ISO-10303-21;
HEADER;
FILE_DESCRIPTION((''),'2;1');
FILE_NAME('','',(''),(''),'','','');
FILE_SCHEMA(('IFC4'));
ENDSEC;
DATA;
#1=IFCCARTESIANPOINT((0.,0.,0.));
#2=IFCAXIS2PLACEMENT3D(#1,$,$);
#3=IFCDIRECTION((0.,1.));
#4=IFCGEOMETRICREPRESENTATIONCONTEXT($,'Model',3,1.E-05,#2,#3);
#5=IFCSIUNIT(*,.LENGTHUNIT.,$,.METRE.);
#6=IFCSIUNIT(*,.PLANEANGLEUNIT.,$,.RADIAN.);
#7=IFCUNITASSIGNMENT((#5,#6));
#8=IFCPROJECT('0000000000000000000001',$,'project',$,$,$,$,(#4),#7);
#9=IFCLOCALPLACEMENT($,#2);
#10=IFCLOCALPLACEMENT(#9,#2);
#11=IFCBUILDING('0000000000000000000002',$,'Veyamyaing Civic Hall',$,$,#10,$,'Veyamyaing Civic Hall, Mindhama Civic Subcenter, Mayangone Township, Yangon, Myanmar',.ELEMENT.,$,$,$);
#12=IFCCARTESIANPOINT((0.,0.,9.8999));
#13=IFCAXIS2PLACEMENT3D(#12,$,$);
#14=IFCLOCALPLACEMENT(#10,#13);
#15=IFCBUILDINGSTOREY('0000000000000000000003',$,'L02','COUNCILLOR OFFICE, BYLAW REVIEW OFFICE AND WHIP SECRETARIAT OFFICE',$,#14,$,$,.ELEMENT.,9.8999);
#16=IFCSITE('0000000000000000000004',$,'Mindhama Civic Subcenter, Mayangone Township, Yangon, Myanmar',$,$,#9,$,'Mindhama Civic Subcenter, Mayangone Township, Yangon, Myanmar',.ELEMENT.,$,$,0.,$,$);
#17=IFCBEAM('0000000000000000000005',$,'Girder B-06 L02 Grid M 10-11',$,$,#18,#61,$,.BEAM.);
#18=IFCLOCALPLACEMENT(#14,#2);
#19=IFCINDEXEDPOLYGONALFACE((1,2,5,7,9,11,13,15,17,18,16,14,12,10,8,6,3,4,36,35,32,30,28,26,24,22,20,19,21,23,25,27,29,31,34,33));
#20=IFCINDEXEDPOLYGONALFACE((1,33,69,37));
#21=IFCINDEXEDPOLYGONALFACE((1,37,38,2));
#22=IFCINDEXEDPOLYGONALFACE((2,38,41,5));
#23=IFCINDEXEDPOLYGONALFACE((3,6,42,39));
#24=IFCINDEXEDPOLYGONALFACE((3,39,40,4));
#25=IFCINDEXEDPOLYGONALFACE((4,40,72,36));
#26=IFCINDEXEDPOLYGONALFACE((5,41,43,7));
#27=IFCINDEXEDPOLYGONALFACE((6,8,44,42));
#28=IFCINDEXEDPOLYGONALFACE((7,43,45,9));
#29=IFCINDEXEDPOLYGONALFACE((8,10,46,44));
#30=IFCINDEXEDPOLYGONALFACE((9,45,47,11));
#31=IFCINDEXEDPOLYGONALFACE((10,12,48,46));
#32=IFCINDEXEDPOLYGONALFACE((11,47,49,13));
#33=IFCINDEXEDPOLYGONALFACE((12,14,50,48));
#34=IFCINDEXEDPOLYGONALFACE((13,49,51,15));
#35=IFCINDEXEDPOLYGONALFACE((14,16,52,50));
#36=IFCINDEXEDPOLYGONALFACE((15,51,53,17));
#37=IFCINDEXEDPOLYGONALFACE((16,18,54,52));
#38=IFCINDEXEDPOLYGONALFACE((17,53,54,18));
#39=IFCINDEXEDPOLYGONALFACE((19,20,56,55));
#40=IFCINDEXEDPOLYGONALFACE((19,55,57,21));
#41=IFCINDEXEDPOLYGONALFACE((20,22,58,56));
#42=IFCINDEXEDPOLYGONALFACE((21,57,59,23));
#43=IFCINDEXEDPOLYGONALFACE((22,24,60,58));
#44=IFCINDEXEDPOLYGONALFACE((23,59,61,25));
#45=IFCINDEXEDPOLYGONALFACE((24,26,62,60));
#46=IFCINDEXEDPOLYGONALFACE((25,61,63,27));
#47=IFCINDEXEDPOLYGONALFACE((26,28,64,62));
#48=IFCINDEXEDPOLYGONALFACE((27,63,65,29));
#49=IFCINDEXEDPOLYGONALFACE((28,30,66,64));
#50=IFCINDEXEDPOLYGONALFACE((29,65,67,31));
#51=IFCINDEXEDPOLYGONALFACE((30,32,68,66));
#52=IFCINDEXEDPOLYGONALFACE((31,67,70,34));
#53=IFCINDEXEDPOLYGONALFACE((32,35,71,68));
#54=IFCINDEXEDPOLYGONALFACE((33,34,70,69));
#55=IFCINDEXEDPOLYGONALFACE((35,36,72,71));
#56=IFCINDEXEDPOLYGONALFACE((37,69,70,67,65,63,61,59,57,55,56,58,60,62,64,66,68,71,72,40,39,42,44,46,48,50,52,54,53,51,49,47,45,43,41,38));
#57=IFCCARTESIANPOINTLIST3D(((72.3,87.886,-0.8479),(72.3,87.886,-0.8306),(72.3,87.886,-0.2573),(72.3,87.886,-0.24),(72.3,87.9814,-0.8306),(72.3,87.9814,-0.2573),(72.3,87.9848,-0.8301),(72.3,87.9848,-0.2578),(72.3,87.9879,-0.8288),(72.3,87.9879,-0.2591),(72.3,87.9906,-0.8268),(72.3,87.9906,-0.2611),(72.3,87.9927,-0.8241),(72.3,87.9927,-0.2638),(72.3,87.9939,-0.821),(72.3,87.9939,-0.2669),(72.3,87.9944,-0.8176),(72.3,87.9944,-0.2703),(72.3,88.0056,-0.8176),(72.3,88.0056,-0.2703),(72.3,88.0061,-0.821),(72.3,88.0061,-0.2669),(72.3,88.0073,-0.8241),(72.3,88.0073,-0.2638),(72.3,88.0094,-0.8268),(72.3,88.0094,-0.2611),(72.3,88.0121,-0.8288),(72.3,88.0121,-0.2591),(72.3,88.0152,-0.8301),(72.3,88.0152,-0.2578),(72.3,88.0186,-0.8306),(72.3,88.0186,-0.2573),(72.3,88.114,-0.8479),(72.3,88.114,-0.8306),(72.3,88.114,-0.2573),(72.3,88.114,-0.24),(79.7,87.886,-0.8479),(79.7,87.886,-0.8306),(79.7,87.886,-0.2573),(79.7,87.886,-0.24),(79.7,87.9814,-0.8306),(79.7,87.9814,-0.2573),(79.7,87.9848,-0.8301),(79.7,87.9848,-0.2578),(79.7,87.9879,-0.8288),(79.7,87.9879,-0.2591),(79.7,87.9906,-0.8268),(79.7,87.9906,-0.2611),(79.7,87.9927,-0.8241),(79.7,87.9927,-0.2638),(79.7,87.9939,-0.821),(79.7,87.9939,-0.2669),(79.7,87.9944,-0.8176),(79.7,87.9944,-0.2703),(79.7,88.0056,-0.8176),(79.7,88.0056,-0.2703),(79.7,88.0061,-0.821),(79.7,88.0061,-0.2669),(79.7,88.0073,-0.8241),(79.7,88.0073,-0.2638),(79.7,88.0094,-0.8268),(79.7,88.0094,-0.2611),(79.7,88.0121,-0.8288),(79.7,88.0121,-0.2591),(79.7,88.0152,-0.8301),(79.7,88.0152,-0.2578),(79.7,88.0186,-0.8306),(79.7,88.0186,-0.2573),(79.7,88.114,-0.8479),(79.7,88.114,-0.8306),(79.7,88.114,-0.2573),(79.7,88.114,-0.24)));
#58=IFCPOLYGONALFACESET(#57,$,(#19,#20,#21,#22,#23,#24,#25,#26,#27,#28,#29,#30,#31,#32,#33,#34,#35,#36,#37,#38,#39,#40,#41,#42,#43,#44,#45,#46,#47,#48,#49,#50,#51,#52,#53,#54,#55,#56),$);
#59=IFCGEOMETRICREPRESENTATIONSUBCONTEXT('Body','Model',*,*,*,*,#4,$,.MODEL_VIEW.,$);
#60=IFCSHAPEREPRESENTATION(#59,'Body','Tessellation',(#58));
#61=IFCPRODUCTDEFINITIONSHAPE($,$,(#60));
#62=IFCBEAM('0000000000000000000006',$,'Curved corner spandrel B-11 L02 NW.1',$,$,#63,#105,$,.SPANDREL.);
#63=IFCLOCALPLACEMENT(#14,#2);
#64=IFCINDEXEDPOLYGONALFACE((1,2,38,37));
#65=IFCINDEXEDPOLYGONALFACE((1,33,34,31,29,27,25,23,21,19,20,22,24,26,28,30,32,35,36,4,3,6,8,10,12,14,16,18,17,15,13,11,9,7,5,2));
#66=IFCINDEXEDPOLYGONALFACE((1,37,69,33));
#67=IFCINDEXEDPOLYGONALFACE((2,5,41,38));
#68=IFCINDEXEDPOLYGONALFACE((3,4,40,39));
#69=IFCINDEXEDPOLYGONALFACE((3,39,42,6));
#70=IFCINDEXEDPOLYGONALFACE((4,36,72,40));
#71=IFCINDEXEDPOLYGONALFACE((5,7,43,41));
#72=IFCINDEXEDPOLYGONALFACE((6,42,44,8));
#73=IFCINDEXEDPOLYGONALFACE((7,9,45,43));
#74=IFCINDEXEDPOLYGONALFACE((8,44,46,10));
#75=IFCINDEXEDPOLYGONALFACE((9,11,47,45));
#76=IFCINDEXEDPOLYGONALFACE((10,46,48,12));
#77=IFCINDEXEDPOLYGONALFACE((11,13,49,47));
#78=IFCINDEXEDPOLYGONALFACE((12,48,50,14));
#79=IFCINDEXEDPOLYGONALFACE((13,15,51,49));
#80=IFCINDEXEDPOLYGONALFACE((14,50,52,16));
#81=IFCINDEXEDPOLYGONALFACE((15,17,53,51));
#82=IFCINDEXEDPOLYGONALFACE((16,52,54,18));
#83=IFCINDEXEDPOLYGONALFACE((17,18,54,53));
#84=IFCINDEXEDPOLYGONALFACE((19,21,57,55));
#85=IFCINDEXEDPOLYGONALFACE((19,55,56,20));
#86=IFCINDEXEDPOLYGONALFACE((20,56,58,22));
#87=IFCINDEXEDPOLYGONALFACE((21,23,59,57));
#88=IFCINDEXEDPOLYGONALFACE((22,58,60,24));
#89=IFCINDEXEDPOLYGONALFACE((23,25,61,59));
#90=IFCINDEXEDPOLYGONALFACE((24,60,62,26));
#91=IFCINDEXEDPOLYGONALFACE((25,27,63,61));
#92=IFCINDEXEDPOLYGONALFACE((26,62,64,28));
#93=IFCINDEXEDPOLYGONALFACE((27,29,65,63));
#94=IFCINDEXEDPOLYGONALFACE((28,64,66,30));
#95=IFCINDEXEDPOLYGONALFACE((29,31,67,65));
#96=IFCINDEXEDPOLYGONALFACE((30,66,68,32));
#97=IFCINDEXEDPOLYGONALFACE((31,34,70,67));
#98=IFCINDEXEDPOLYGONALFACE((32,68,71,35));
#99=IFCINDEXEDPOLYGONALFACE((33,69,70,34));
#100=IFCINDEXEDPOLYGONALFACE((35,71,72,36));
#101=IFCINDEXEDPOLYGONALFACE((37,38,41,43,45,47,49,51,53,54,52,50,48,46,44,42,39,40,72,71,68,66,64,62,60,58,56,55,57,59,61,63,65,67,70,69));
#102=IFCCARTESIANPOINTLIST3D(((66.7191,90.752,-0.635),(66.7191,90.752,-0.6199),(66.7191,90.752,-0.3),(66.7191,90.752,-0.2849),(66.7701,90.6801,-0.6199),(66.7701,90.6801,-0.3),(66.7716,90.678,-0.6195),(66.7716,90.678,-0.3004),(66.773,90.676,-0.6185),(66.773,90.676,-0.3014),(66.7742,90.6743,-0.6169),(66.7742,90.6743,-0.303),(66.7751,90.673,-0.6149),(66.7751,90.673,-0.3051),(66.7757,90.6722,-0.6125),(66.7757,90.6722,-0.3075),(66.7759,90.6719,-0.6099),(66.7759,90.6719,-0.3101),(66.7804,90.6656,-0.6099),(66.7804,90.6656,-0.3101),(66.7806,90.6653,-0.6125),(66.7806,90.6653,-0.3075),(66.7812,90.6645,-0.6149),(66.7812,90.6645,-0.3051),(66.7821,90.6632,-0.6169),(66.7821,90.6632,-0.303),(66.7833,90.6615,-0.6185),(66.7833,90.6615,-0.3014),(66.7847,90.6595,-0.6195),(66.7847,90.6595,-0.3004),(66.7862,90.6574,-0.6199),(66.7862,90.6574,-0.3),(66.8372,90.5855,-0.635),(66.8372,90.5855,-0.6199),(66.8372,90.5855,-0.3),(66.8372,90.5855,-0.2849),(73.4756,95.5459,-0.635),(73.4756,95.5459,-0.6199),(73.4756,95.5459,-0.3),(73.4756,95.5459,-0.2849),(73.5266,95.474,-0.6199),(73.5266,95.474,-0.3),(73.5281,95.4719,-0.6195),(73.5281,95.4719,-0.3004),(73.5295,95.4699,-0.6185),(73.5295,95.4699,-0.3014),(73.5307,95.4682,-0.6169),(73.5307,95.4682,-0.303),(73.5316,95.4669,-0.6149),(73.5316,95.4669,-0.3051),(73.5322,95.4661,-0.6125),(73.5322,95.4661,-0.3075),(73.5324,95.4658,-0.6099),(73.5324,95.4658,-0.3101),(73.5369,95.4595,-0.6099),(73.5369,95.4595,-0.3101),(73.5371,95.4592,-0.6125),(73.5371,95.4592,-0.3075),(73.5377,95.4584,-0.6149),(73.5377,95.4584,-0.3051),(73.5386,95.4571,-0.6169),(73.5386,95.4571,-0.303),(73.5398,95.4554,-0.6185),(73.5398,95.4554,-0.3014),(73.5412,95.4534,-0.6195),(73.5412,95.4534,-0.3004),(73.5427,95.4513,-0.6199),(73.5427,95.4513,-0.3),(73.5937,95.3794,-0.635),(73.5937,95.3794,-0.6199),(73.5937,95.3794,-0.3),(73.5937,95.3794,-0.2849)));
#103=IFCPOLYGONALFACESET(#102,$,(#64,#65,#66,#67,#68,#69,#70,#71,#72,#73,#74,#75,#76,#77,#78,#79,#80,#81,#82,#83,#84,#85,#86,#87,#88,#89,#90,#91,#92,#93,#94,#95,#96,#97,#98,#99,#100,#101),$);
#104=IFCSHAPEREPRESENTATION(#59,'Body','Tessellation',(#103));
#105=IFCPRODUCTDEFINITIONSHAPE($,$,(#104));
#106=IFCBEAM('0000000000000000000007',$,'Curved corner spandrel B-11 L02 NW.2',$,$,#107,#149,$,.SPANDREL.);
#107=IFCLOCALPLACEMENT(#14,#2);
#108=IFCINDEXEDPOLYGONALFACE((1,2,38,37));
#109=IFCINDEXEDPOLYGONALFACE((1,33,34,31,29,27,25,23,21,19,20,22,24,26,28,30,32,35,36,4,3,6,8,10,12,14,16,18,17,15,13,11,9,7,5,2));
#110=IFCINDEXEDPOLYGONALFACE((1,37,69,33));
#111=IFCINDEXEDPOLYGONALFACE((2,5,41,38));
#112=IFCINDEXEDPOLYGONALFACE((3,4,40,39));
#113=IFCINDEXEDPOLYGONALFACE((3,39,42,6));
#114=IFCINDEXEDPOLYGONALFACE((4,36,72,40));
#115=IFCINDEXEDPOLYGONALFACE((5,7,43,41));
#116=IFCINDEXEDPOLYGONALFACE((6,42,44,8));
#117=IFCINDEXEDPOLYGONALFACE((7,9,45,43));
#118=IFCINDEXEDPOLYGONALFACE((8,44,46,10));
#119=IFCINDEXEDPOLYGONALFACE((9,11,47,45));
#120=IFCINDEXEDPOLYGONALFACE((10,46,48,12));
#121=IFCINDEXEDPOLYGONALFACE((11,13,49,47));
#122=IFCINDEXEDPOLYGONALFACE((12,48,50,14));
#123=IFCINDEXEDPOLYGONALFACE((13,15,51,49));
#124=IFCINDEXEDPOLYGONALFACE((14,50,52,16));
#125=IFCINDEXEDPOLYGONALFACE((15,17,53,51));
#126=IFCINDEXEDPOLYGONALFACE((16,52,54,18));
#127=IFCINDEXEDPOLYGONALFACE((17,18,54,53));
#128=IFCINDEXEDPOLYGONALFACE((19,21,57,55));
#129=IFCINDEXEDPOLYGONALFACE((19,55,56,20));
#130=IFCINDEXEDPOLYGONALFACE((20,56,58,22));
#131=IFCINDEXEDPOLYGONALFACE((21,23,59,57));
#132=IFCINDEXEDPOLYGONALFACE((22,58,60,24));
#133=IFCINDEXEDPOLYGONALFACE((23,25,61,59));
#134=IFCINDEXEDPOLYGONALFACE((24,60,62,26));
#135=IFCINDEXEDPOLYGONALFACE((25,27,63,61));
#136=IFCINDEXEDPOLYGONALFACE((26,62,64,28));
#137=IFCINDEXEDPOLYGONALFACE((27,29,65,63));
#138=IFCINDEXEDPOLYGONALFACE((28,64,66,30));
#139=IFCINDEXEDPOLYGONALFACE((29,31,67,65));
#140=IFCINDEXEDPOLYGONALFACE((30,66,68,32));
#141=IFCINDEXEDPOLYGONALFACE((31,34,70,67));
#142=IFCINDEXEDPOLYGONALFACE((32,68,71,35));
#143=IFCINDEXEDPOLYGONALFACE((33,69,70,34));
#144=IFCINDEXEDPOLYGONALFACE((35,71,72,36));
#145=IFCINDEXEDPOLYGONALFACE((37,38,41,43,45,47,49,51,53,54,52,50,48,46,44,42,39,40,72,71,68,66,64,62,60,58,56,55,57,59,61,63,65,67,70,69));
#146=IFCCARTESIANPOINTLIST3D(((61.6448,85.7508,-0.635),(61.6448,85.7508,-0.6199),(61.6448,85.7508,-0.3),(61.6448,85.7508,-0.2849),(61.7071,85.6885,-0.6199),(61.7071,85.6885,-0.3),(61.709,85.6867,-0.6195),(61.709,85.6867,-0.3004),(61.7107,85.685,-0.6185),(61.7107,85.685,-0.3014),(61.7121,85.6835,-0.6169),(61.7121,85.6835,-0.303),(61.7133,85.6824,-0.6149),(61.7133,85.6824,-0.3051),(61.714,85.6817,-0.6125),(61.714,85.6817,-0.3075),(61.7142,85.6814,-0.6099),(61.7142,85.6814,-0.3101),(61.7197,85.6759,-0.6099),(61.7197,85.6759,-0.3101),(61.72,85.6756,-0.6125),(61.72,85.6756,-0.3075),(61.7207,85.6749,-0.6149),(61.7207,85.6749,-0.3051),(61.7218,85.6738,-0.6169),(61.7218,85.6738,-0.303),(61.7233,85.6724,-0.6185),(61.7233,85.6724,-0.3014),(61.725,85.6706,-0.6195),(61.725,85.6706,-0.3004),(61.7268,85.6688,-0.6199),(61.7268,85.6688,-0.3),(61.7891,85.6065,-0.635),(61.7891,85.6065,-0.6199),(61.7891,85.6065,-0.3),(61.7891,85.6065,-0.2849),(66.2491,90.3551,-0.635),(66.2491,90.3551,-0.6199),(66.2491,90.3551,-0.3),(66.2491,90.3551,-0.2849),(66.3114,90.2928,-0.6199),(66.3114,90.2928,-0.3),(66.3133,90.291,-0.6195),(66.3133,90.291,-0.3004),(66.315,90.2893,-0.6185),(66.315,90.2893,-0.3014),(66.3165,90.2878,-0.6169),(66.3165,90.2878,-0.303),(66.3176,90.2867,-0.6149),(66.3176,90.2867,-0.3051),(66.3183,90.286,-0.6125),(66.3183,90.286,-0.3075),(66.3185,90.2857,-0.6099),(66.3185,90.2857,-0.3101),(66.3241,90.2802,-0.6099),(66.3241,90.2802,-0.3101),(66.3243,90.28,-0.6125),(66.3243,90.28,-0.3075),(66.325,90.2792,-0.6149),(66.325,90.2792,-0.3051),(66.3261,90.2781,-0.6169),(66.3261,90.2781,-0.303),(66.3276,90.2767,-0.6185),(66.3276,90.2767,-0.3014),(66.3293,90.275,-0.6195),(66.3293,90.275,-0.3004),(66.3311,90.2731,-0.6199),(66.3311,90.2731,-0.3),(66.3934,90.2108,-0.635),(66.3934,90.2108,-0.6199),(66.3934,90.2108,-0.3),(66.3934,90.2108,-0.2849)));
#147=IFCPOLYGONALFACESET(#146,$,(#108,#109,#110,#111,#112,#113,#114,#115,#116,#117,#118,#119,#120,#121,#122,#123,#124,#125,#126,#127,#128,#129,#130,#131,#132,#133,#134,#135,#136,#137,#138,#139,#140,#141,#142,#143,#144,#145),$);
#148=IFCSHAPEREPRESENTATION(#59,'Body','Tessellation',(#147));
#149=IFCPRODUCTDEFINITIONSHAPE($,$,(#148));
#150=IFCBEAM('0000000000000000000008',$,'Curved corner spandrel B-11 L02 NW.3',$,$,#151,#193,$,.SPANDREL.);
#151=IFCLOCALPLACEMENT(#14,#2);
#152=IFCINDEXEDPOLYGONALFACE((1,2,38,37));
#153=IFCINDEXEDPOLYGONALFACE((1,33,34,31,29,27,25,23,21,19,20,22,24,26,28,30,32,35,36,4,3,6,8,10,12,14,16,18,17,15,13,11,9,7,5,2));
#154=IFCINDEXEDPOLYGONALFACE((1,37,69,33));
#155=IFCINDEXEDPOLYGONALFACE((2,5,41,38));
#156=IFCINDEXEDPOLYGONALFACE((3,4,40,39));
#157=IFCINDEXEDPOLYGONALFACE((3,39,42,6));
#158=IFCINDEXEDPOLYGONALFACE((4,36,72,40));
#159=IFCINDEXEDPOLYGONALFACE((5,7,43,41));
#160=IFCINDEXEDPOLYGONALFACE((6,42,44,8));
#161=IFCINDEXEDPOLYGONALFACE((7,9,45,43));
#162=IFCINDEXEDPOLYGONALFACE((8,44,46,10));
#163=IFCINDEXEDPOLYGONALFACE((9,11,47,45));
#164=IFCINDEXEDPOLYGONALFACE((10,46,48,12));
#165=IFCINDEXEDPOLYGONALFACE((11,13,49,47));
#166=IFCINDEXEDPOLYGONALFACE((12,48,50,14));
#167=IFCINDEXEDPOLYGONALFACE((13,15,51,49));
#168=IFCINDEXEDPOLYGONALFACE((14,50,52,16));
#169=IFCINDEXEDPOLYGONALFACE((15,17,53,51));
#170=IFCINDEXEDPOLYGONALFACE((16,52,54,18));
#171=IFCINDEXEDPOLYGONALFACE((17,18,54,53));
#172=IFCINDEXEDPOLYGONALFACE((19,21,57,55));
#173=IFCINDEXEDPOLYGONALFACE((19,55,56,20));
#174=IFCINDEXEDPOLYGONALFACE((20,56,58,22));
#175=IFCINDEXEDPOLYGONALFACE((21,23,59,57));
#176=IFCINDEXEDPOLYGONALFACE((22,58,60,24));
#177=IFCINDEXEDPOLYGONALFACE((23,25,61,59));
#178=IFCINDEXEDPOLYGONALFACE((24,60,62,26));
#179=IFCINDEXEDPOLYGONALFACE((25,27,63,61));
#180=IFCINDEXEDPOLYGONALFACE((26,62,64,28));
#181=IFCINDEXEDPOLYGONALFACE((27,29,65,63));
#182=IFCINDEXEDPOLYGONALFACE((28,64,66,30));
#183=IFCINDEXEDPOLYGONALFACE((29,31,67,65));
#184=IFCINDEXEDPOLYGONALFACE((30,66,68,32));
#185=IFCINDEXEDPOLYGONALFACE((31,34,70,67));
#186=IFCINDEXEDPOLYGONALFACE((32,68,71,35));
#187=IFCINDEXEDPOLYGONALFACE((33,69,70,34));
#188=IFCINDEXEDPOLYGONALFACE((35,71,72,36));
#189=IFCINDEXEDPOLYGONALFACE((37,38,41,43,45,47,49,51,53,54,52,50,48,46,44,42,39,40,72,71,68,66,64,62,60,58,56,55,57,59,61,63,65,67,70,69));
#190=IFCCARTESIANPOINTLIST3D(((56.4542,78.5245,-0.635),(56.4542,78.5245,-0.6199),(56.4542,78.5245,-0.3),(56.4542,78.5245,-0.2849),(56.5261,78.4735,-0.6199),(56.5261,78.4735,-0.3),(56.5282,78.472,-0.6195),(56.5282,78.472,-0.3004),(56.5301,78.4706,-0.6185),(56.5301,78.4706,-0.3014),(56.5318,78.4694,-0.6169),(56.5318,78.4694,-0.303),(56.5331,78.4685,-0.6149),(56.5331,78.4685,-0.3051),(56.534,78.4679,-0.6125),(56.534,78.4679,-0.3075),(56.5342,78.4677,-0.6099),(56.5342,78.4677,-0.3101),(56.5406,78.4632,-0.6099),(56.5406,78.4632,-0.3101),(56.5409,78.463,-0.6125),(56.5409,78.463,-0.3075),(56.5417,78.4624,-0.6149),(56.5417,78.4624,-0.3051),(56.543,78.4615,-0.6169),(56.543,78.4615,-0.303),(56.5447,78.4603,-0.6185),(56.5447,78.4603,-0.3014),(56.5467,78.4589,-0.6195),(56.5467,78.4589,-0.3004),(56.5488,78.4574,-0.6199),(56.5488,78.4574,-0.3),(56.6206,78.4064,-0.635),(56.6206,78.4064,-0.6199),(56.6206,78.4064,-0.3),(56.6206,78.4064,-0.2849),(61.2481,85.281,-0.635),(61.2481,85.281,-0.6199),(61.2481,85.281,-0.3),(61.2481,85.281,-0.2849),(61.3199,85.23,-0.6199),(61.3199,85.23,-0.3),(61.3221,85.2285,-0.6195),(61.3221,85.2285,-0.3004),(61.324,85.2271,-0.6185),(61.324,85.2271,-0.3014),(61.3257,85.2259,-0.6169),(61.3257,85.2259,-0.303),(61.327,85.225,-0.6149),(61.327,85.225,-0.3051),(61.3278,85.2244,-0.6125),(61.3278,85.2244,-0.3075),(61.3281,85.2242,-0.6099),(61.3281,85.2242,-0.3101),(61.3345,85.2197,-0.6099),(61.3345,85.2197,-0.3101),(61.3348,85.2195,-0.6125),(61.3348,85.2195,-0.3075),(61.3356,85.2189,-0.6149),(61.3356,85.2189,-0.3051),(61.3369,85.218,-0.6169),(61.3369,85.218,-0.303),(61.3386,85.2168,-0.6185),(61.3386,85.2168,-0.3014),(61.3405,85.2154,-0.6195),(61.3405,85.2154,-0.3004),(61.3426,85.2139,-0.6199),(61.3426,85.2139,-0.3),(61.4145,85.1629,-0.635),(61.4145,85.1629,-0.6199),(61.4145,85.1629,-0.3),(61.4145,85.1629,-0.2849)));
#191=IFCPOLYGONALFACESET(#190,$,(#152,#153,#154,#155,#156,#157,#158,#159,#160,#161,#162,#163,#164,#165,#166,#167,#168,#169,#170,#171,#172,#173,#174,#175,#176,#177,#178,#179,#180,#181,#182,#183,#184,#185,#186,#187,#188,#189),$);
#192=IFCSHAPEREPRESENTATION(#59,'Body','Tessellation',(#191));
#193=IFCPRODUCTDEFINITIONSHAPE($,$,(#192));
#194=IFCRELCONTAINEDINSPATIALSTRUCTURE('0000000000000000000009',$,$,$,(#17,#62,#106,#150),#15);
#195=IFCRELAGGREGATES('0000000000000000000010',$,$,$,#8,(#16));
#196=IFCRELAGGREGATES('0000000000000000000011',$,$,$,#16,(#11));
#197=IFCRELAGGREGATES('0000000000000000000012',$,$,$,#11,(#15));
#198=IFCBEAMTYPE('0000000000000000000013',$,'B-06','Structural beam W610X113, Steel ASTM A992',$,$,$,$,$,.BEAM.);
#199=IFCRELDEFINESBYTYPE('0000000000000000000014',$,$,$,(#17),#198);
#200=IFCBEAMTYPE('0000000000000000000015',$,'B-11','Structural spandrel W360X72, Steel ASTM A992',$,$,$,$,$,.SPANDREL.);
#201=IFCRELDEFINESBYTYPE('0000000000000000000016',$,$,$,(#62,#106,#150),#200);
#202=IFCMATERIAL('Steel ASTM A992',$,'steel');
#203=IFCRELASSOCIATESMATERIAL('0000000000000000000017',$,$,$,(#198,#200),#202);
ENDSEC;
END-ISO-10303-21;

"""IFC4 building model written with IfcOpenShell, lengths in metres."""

from ifc_helpers import new_model, si_unit, direction, frame, origin, origin_2d, place, context, subcontext, project, spatial, i_section, extrude, material, material_profile, profile_set, type_object, element, save


model = new_model("IFC4")

# Units and contexts
model_context = context("Model", 3, precision=1e-05, world=origin(), true_north=direction((0.0, 1.0)))
body_context = subcontext(model_context, "Body", "Model", "MODEL_VIEW")
ifc_project = project(units=[si_unit("LENGTHUNIT", "METRE"), si_unit("PLANEANGLEUNIT", "RADIAN")], contexts=[model_context])

# Site, building, storey
site_placement = place(None, origin())
site = spatial("IfcSite", under=ifc_project, at=site_placement, Name="Mindhama Civic Subcenter, Mayangone Township, Yangon, Myanmar", LongName="Mindhama Civic Subcenter, Mayangone Township, Yangon, Myanmar", CompositionType="ELEMENT", RefElevation=0.0)
building_placement = place(site_placement, origin())
building = spatial("IfcBuilding", under=site, at=building_placement, Name="Veyamyaing Civic Hall", LongName="Veyamyaing Civic Hall, Mindhama Civic Subcenter, Mayangone Township, Yangon, Myanmar", CompositionType="ELEMENT")
storey_placement = place(building_placement, frame((0.0, 0.0, 9.8999)))
storey = spatial("IfcBuildingStorey", under=building, at=storey_placement, Name="L02", Description="COUNCILLOR OFFICE, BYLAW REVIEW OFFICE AND WHIP SECRETARIAT OFFICE", CompositionType="ELEMENT", Elevation=9.8999)

# Beams
ifc_material_1 = material(Name="Steel ASTM A992", Category="steel")
ifc_material_profile_1 = material_profile(ifc_material_1, i_section(OverallWidth=0.228, OverallDepth=0.6079, WebThickness=0.0112, FlangeThickness=0.0173, FilletRadius=0.0129, at=origin_2d()), Name="W610X113")
ifc_profile_set_1 = profile_set([ifc_material_profile_1], Name="Steel ASTM A992")
beam_type_1 = type_object("IfcBeamType", Name="B-06", Description="Structural beam W610X113, Steel ASTM A992", PredefinedType="BEAM", material=ifc_profile_set_1)
beam_1_placement = place(storey_placement, frame((72.3, 88.0, -0.5439), z_axis=(1.0, 0.0, 0.0), x_axis=(0.0, 1.0, 0.0)))
element("IfcBeam", 1, at=beam_1_placement, inside=storey, type_object=beam_type_1, Name="Girder B-06 L02 Grid M 10-11", PredefinedType="BEAM", context=body_context, shape_type="SweptSolid", body=[
    extrude(i_section(OverallWidth=0.228, OverallDepth=0.6079, WebThickness=0.0112, FlangeThickness=0.0173, FilletRadius=0.0129, at=origin_2d()), origin(), (0.0, 0.0, 1.0), 7.3999),
])
ifc_material_profile_2 = material_profile(ifc_material_1, i_section(OverallWidth=0.2041, OverallDepth=0.3501, WebThickness=0.0078, FlangeThickness=0.0151, FilletRadius=0.01, at=origin_2d()), Name="W360X72")
ifc_profile_set_2 = profile_set([ifc_material_profile_2], Name="Steel ASTM A992")
beam_type_2 = type_object("IfcBeamType", Name="B-11", Description="Structural spandrel W360X72, Steel ASTM A992", PredefinedType="SPANDREL", material=ifc_profile_set_2)
beam_2_placement = place(storey_placement, frame((73.5347, 95.4626, -0.46), z_axis=(-0.815567, -0.578662, 0.0), x_axis=(0.578662, -0.815567, 0.0)))
element("IfcBeam", 2, at=beam_2_placement, inside=storey, type_object=beam_type_2, Name="Curved corner spandrel B-11 L02 NW.1", PredefinedType="SPANDREL", context=body_context, shape_type="SweptSolid", body=[
    extrude(i_section(OverallWidth=0.2041, OverallDepth=0.3501, WebThickness=0.0078, FlangeThickness=0.0151, FilletRadius=0.01, at=origin_2d()), origin(), (0.0, 0.0, 1.0), 8.2844),
])
beam_3_placement = place(storey_placement, frame((66.3213, 90.283, -0.46), z_axis=(-0.707107, -0.707107, 0.0), x_axis=(0.707107, -0.707107, 0.0)))
element("IfcBeam", 3, at=beam_3_placement, inside=storey, type_object=beam_type_2, Name="Curved corner spandrel B-11 L02 NW.2", PredefinedType="SPANDREL", context=body_context, shape_type="SweptSolid", body=[
    extrude(i_section(OverallWidth=0.2041, OverallDepth=0.3501, WebThickness=0.0078, FlangeThickness=0.0151, FilletRadius=0.01, at=origin_2d()), origin(), (0.0, 0.0, 1.0), 6.5115),
])
beam_4_placement = place(storey_placement, frame((61.3313, 85.2219, -0.46), z_axis=(-0.578662, -0.815567, 0.0), x_axis=(0.815567, -0.578662, 0.0)))
element("IfcBeam", 4, at=beam_4_placement, inside=storey, type_object=beam_type_2, Name="Curved corner spandrel B-11 L02 NW.3", PredefinedType="SPANDREL", context=body_context, shape_type="SweptSolid", body=[
    extrude(i_section(OverallWidth=0.2041, OverallDepth=0.3501, WebThickness=0.0078, FlangeThickness=0.0151, FilletRadius=0.01, at=origin_2d()), origin(), (0.0, 0.0, 1.0), 8.2844),
])

save(model, "model.ifc")
